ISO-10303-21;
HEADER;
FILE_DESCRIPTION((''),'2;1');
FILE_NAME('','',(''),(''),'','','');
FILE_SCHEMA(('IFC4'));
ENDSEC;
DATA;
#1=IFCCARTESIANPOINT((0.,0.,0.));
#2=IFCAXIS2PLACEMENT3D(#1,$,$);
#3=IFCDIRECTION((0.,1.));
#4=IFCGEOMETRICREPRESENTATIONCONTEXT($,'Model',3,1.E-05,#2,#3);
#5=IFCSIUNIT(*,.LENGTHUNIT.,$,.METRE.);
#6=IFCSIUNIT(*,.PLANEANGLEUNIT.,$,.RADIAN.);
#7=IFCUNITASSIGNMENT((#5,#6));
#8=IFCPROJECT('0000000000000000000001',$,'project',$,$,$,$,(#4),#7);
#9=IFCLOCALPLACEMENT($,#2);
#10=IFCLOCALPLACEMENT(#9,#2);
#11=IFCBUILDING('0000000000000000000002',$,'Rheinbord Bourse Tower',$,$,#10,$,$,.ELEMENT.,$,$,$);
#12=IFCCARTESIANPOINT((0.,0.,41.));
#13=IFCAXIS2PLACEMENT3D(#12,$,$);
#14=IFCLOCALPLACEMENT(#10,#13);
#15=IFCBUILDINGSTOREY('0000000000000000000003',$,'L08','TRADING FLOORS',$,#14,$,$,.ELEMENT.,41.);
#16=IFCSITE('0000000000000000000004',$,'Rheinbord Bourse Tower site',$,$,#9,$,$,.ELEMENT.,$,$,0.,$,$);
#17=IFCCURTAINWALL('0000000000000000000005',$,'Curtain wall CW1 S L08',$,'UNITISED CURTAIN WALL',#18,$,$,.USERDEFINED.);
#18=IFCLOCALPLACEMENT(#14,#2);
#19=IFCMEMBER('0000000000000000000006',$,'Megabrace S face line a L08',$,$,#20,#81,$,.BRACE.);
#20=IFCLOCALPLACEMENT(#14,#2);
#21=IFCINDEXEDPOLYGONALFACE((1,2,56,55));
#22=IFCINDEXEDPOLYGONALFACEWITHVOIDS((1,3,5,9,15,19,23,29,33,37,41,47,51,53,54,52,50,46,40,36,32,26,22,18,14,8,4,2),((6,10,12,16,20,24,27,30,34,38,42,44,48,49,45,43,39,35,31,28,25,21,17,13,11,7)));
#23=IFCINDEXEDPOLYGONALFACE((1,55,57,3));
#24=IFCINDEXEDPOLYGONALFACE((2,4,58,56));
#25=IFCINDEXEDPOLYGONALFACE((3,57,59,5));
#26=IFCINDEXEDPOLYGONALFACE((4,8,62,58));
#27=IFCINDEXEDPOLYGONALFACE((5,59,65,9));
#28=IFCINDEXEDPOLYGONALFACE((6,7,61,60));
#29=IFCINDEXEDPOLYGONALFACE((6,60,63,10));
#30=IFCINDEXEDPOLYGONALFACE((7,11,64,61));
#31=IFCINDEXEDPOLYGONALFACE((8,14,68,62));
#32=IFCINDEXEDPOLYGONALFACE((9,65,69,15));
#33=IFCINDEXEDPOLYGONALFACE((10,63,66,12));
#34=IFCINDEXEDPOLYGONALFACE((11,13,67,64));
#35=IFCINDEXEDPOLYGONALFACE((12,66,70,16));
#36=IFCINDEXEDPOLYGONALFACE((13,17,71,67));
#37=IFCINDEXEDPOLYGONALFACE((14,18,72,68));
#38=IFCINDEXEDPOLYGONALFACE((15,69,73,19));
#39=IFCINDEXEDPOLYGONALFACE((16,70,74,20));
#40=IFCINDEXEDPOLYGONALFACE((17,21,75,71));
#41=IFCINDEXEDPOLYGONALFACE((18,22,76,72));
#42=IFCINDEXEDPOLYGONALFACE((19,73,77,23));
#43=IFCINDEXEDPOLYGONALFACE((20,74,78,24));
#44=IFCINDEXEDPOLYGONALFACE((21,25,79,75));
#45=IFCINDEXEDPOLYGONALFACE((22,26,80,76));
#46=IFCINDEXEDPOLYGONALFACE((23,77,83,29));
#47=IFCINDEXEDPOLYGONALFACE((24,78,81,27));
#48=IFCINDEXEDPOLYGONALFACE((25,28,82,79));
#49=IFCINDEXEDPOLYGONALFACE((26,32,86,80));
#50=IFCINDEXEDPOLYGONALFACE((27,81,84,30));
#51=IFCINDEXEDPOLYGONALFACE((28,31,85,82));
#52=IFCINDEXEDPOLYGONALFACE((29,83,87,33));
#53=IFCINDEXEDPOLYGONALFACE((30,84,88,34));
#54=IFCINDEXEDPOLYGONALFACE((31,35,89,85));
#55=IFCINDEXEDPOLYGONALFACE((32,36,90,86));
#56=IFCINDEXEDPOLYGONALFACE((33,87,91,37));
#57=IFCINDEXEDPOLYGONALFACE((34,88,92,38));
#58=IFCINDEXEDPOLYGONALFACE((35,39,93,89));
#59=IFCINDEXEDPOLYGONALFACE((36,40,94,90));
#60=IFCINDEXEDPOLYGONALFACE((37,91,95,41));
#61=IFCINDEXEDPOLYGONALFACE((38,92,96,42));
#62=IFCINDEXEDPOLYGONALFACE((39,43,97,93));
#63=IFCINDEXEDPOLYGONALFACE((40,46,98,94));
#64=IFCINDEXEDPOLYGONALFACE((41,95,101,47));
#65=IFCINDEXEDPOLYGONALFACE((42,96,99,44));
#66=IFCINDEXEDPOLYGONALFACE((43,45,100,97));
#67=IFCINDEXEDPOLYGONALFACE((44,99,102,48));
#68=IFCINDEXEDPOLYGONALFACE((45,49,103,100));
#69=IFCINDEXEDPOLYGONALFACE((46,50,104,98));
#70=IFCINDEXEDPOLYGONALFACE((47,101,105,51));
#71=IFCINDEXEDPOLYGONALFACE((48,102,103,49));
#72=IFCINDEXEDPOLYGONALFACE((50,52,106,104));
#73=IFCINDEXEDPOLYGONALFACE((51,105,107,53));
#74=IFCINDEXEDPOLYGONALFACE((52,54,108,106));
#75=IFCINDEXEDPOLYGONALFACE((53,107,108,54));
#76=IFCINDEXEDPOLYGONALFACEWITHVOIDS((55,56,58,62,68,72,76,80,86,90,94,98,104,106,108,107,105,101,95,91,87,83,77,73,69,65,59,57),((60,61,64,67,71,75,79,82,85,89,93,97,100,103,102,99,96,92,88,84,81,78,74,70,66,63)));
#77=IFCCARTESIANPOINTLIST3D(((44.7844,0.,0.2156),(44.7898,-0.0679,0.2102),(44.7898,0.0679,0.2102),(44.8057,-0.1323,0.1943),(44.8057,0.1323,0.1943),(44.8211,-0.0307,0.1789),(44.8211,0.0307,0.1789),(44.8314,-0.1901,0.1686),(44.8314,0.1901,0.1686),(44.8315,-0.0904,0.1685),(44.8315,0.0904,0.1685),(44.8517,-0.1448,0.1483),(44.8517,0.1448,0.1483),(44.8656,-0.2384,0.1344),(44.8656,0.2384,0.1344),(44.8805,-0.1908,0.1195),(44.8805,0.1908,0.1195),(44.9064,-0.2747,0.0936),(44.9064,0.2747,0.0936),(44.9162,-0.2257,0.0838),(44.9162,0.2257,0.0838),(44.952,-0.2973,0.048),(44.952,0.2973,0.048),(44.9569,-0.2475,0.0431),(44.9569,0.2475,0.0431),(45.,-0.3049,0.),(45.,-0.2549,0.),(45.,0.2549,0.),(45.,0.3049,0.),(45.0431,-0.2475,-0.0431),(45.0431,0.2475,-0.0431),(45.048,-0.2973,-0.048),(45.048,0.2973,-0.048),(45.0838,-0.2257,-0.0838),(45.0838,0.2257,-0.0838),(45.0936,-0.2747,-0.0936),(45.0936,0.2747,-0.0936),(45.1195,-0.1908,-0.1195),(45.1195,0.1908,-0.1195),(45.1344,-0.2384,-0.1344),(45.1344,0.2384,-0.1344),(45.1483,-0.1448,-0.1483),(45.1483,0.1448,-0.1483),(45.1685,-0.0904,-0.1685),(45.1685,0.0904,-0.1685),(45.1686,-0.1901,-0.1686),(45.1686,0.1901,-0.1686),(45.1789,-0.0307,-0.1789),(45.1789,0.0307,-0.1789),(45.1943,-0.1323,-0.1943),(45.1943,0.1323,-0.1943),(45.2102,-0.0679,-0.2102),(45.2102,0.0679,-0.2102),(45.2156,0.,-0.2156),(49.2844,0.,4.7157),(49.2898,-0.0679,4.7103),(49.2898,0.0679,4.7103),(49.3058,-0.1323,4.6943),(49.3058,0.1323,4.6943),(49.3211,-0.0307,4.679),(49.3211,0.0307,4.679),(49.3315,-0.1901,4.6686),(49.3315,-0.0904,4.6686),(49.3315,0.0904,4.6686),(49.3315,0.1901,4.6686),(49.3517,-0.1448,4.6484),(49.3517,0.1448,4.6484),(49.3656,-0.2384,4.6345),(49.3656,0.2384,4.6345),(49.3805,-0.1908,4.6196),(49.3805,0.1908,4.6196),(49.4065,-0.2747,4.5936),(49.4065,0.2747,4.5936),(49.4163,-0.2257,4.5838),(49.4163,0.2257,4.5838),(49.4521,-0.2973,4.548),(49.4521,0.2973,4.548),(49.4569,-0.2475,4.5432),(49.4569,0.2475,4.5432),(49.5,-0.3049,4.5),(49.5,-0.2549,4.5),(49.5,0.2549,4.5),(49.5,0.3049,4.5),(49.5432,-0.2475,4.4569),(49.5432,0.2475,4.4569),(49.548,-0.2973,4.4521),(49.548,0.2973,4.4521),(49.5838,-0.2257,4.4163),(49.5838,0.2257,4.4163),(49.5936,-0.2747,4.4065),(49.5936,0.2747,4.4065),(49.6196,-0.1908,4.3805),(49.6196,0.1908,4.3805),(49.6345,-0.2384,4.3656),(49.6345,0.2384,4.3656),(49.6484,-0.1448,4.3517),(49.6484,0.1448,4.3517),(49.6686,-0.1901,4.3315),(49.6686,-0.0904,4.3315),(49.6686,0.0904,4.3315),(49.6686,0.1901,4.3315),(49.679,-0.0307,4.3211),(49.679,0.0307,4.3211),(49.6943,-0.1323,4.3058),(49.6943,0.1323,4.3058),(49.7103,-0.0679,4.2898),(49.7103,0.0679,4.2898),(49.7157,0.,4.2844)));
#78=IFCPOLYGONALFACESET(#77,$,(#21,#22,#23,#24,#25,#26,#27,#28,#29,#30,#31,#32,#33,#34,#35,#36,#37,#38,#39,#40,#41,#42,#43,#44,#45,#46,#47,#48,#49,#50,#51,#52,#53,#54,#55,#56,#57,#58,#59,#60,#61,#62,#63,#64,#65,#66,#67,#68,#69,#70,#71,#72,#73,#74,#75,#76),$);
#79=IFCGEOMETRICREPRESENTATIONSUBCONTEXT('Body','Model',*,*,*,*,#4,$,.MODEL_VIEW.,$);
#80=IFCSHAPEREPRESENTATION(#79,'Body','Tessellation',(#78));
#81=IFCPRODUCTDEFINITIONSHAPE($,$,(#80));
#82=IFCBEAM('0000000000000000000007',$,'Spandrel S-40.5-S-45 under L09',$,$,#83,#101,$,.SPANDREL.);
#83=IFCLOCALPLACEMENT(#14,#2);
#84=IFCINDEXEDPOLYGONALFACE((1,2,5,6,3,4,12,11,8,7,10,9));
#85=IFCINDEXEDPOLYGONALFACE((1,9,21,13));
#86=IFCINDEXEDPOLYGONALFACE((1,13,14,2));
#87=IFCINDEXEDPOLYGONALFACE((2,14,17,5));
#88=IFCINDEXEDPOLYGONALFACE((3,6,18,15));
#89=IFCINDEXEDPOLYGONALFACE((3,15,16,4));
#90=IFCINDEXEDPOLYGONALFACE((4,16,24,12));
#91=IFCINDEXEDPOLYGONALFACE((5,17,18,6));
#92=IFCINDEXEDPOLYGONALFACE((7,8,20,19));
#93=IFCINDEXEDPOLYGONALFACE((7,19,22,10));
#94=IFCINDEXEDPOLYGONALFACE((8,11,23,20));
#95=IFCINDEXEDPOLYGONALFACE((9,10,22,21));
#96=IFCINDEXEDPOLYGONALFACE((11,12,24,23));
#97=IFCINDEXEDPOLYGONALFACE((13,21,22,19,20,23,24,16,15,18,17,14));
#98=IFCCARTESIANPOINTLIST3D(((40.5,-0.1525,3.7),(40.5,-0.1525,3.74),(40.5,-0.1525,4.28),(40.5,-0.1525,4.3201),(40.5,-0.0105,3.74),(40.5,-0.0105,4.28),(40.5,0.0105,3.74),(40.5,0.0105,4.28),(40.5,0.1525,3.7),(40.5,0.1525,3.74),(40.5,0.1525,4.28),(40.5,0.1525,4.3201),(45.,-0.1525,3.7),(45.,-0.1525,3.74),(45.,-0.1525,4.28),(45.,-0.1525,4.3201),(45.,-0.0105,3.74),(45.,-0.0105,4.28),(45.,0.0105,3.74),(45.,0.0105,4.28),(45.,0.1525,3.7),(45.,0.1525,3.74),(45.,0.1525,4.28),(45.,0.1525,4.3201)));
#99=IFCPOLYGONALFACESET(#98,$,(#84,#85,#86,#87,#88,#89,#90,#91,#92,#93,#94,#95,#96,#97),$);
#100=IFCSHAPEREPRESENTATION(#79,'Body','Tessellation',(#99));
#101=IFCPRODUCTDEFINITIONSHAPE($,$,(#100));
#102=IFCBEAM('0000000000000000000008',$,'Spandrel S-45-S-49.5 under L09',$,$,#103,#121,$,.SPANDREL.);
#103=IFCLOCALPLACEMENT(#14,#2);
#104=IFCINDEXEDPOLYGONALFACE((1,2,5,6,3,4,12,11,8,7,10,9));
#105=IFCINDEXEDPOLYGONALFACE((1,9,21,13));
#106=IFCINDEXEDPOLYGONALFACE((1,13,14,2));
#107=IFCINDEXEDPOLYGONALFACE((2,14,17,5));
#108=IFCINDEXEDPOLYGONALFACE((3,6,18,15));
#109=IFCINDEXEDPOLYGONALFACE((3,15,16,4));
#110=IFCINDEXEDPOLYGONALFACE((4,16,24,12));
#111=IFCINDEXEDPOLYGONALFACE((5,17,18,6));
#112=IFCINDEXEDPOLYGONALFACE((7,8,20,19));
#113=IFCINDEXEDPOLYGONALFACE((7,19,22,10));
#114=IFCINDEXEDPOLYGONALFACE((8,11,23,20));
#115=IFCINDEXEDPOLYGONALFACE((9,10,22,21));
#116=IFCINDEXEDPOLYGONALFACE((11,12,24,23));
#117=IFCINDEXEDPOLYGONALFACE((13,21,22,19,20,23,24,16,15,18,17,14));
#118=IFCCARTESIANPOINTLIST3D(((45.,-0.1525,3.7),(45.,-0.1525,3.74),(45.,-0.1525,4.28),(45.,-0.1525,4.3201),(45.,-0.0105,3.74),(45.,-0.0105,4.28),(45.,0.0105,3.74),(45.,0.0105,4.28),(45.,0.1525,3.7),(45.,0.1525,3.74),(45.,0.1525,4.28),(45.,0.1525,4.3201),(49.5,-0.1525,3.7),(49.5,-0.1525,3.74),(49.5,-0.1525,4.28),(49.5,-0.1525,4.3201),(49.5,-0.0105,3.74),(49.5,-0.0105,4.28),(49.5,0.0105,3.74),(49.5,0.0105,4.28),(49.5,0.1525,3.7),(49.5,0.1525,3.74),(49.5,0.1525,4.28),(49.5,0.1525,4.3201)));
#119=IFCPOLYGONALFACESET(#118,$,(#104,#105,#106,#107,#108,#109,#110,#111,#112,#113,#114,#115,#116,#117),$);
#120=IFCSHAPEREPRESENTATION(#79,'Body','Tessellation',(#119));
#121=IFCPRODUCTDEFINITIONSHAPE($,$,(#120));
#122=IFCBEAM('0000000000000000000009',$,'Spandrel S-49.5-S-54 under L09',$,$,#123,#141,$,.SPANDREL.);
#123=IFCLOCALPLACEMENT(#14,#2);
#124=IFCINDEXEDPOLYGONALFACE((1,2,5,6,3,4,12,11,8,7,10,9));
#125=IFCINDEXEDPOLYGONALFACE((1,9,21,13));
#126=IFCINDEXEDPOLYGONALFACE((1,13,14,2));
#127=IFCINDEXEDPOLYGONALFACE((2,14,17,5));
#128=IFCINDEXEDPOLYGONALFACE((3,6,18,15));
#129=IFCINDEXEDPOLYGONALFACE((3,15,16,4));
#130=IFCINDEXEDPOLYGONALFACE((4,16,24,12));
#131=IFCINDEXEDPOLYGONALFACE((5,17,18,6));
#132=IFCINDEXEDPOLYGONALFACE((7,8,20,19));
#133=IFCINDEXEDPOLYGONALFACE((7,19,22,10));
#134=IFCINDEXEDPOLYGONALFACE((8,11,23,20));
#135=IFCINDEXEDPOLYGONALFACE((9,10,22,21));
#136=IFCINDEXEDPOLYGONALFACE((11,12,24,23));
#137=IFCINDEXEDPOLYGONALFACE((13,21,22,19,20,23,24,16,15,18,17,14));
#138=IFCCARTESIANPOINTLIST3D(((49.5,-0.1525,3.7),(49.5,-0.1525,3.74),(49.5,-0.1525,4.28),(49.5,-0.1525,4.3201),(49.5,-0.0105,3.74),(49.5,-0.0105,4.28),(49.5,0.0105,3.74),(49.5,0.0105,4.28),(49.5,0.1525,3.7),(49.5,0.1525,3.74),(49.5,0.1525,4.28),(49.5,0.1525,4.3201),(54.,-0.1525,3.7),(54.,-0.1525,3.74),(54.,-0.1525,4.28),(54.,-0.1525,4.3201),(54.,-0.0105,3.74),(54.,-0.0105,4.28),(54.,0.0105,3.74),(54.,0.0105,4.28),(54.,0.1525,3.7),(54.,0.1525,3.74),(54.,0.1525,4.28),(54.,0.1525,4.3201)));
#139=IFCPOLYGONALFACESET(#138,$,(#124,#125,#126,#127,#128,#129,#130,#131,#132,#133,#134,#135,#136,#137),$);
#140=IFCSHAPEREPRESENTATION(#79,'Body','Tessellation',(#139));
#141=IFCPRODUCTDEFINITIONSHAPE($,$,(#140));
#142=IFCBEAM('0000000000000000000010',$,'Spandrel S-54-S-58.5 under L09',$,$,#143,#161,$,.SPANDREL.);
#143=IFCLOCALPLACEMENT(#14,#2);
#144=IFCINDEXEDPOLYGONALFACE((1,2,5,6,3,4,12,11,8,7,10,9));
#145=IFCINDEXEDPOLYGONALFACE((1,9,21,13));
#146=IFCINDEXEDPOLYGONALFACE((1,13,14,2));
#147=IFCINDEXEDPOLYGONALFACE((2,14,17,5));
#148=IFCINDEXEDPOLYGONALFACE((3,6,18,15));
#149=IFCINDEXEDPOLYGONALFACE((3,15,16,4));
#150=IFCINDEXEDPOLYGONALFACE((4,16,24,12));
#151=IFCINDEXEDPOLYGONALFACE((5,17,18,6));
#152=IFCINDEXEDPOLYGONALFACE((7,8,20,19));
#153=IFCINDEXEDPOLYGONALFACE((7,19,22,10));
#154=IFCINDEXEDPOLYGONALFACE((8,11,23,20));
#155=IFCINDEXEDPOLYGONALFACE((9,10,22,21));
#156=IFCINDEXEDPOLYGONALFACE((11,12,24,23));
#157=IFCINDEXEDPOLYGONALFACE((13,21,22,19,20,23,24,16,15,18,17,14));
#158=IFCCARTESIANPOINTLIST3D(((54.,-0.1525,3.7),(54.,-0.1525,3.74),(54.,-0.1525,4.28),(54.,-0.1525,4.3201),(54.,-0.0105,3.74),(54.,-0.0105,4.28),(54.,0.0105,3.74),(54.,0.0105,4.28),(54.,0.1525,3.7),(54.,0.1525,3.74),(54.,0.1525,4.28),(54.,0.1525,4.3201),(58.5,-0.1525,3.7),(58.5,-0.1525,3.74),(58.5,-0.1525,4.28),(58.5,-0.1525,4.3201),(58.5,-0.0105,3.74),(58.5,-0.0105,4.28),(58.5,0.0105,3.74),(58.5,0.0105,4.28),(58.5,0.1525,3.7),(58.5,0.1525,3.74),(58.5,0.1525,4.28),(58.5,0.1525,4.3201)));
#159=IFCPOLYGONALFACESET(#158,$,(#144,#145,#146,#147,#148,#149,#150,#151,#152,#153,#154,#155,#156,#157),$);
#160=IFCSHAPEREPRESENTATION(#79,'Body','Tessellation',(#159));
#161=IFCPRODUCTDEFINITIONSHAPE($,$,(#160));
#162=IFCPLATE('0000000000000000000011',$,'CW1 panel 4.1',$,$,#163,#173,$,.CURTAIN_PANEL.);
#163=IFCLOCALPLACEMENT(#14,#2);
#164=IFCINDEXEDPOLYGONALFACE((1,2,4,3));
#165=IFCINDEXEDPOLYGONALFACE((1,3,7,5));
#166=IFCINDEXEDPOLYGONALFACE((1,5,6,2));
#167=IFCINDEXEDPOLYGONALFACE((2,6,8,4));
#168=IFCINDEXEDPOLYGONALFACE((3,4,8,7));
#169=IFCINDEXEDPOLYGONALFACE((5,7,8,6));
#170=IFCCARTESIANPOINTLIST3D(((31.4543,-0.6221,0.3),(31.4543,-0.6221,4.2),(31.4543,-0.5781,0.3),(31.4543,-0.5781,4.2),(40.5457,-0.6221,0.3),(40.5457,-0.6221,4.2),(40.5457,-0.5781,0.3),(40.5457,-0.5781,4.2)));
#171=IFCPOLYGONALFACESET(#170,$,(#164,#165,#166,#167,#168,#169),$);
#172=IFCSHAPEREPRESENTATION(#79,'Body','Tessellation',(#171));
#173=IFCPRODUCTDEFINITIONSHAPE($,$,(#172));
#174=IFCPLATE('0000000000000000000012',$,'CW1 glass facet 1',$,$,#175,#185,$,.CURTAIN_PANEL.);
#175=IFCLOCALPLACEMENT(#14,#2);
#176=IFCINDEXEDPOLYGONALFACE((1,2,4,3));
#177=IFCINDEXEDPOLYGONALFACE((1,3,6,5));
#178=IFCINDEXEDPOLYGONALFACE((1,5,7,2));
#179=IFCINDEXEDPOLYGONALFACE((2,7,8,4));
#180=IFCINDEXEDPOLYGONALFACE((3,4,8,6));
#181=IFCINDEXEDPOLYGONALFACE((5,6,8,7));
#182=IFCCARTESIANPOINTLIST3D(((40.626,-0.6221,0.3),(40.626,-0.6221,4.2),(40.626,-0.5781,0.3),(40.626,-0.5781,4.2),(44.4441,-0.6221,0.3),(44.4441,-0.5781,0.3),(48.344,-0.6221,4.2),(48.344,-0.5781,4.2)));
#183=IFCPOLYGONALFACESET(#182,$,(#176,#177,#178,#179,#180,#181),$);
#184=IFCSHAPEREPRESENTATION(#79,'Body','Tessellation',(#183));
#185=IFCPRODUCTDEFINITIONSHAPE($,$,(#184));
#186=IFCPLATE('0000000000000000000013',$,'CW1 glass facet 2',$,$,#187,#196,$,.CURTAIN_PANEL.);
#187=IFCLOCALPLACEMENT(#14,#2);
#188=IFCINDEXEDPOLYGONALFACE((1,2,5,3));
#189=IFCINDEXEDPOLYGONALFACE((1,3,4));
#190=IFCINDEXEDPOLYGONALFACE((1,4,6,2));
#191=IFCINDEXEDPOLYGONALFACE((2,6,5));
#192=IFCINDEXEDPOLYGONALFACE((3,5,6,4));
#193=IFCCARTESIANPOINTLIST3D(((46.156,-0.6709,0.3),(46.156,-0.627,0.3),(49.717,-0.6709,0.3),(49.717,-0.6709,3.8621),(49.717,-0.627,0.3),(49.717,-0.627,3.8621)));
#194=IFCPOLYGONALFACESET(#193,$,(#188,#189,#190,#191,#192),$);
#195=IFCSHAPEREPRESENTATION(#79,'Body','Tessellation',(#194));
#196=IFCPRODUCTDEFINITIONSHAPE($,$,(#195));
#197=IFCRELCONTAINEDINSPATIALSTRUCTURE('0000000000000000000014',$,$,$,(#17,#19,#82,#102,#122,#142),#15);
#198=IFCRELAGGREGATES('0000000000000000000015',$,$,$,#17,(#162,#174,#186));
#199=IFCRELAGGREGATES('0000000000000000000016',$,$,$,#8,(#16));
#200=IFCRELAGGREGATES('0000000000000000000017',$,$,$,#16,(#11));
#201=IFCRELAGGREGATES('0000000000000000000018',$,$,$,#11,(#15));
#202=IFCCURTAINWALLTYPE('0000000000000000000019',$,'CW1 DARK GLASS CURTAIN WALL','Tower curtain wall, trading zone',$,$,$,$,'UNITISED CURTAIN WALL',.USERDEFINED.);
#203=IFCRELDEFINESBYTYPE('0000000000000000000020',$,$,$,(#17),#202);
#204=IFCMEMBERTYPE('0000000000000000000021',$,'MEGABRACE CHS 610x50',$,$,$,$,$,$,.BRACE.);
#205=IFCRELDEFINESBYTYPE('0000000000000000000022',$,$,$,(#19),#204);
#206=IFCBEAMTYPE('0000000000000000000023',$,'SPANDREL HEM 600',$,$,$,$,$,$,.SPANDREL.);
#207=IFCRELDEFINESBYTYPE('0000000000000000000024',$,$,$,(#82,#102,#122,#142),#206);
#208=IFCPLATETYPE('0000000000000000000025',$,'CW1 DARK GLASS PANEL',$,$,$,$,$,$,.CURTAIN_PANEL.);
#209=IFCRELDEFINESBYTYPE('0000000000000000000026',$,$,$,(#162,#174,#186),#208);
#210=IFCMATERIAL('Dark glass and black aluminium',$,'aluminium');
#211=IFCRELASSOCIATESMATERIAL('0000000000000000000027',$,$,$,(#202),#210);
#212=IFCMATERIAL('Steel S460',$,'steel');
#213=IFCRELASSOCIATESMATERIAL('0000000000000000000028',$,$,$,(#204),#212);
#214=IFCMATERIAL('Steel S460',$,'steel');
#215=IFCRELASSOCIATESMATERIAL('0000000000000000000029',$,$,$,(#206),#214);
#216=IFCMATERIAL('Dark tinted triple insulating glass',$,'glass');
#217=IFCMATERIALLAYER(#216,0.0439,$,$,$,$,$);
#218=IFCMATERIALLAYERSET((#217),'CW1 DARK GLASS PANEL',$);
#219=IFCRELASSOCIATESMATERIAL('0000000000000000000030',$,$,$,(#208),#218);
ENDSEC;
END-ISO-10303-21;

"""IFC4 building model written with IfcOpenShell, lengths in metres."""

from ifc_helpers import new_model, si_unit, direction, frame, origin, origin_2d, place, context, subcontext, project, spatial, polyline, rectangle, hollow_circle, i_section, outline, extrude, material, layer, layer_set, material_profile, profile_set, type_object, element, aggregate, save


model = new_model("IFC4")

# Units and contexts
model_context = context("Model", 3, precision=1e-05, world=origin(), true_north=direction((0.0, 1.0)))
body_context = subcontext(model_context, "Body", "Model", "MODEL_VIEW")
ifc_project = project(units=[si_unit("LENGTHUNIT", "METRE"), si_unit("PLANEANGLEUNIT", "RADIAN")], contexts=[model_context])

# Site, building, storey
site_placement = place(None, origin())
site = spatial("IfcSite", under=ifc_project, at=site_placement, Name="Rheinbord Bourse Tower site", CompositionType="ELEMENT", RefElevation=0.0)
building_placement = place(site_placement, origin())
building = spatial("IfcBuilding", under=site, at=building_placement, Name="Rheinbord Bourse Tower", CompositionType="ELEMENT")
storey_placement = place(building_placement, frame((0.0, 0.0, 41.0)))
storey = spatial("IfcBuildingStorey", under=building, at=storey_placement, Name="L08", Description="TRADING FLOORS", CompositionType="ELEMENT", Elevation=41.0)

# Curtain wall
ifc_material_1 = material(Name="Dark glass and black aluminium", Category="aluminium")
curtain_wall_type = type_object("IfcCurtainWallType", Name="CW1 DARK GLASS CURTAIN WALL", Description="Tower curtain wall, trading zone", ElementType="UNITISED CURTAIN WALL", PredefinedType="USERDEFINED", material=ifc_material_1)
curtain_wall_placement = place(storey_placement, origin())
curtain_wall = element("IfcCurtainWall", 1, at=curtain_wall_placement, inside=storey, type_object=curtain_wall_type, Name="Curtain wall CW1 S L08", ObjectType="UNITISED CURTAIN WALL", PredefinedType="USERDEFINED")

# Member
ifc_material_2 = material(Name="Steel S460", Category="steel")
ifc_material_profile_1 = material_profile(ifc_material_2, hollow_circle(Radius=0.3049, WallThickness=0.05, at=origin_2d()), Name="CHS 610x50")
ifc_profile_set_1 = profile_set([ifc_material_profile_1], Name="Steel S460")
member_type_1 = type_object("IfcMemberType", Name="MEGABRACE CHS 610x50", PredefinedType="BRACE", material=ifc_profile_set_1)
member_1_placement = place(storey_placement, frame((45.0, 0.0, 0.0), z_axis=(0.707107, 0.0, 0.707107), x_axis=(0.0, 1.0, 0.0)))
element("IfcMember", 2, at=member_1_placement, inside=storey, type_object=member_type_1, Name="Megabrace S face line a L08", PredefinedType="BRACE", context=body_context, shape_type="SweptSolid", body=[
    extrude(hollow_circle(Radius=0.3049, WallThickness=0.05, at=origin_2d()), origin(), (0.0, 0.0, 1.0), 6.364),
])

# Beams
ifc_material_3 = material(Name="Steel S460", Category="steel")
ifc_material_profile_2 = material_profile(ifc_material_3, i_section(OverallWidth=0.3049, OverallDepth=0.6201, WebThickness=0.021, FlangeThickness=0.04, at=origin_2d()), Name="HEM 600")
ifc_profile_set_2 = profile_set([ifc_material_profile_2], Name="Steel S460")
beam_type_1 = type_object("IfcBeamType", Name="SPANDREL HEM 600", PredefinedType="SPANDREL", material=ifc_profile_set_2)
for number, where, z_axis, x_axis, name in (
    (3, (40.5, 0.0, 4.01), (1.0, 0.0, 0.0), (0.0, 1.0, 0.0), "Spandrel S-40.5-S-45 under L09"),
    (4, (45.0, 0.0, 4.01), (1.0, 0.0, 0.0), (0.0, 1.0, 0.0), "Spandrel S-45-S-49.5 under L09"),
    (5, (49.5, 0.0, 4.01), (1.0, 0.0, 0.0), (0.0, 1.0, 0.0), "Spandrel S-49.5-S-54 under L09"),
    (6, (54.0, 0.0, 4.01), (1.0, 0.0, 0.0), (0.0, 1.0, 0.0), "Spandrel S-54-S-58.5 under L09"),
):
    element("IfcBeam", number, at=place(storey_placement, frame(where, z_axis=z_axis, x_axis=x_axis)), inside=storey, type_object=beam_type_1, Name=name, PredefinedType="SPANDREL", context=body_context, shape_type="SweptSolid", body=[
        extrude(i_section(OverallWidth=0.3049, OverallDepth=0.6201, WebThickness=0.021, FlangeThickness=0.04, at=origin_2d()), origin(), (0.0, 0.0, 1.0), 4.5),
    ])

# Plates
ifc_material_4 = material(Name="Dark tinted triple insulating glass", Category="glass")
ifc_layer_1 = layer(ifc_material_4, 0.0439)
ifc_layer_set_1 = layer_set([ifc_layer_1], Name="CW1 DARK GLASS PANEL")
plate_type = type_object("IfcPlateType", Name="CW1 DARK GLASS PANEL", PredefinedType="CURTAIN_PANEL", material=ifc_layer_set_1)
plate_1_placement = place(storey_placement, frame((36.0, -0.6001, 0.3), z_axis=(0.0, 0.0, 1.0), x_axis=(1.0, 0.0, 0.0)))
plate_1 = element("IfcPlate", 7, at=plate_1_placement, type_object=plate_type, Name="CW1 panel 4.1", PredefinedType="CURTAIN_PANEL", context=body_context, shape_type="SweptSolid", body=[
    extrude(rectangle(XDim=9.0913, YDim=0.0439, at=origin_2d()), origin(), (0.0, 0.0, 1.0), 3.8999),
])
plate_2_placement = place(storey_placement, frame((40.626, -0.6221, 0.3), z_axis=(0.0, 1.0, 0.0), x_axis=(0.0, 0.0, 1.0)))
plate_2 = element("IfcPlate", 8, at=plate_2_placement, type_object=plate_type, Name="CW1 glass facet 1", PredefinedType="CURTAIN_PANEL", context=body_context, shape_type="SweptSolid", body=[
    extrude(outline(polyline([(0.0, 0.0), (3.8999, 0.0), (3.8999, 7.718), (0.0, 3.8181), (0.0, 0.0)])), origin(), (0.0, 0.0, 1.0), 0.0439),
])
plate_3_placement = place(storey_placement, frame((49.717, -0.6709, 0.3), z_axis=(0.0, 1.0, 0.0), x_axis=(-1.0, 0.0, 0.0)))
plate_3 = element("IfcPlate", 9, at=plate_3_placement, type_object=plate_type, Name="CW1 glass facet 2", PredefinedType="CURTAIN_PANEL", context=body_context, shape_type="SweptSolid", body=[
    extrude(outline(polyline([(0.0, 0.0), (3.561, 0.0), (0.0, 3.562), (0.0, 0.0)])), origin(), (0.0, 0.0, 1.0), 0.0439),
])
aggregate(curtain_wall, [plate_1, plate_2, plate_3])

save(model, "model.ifc")
